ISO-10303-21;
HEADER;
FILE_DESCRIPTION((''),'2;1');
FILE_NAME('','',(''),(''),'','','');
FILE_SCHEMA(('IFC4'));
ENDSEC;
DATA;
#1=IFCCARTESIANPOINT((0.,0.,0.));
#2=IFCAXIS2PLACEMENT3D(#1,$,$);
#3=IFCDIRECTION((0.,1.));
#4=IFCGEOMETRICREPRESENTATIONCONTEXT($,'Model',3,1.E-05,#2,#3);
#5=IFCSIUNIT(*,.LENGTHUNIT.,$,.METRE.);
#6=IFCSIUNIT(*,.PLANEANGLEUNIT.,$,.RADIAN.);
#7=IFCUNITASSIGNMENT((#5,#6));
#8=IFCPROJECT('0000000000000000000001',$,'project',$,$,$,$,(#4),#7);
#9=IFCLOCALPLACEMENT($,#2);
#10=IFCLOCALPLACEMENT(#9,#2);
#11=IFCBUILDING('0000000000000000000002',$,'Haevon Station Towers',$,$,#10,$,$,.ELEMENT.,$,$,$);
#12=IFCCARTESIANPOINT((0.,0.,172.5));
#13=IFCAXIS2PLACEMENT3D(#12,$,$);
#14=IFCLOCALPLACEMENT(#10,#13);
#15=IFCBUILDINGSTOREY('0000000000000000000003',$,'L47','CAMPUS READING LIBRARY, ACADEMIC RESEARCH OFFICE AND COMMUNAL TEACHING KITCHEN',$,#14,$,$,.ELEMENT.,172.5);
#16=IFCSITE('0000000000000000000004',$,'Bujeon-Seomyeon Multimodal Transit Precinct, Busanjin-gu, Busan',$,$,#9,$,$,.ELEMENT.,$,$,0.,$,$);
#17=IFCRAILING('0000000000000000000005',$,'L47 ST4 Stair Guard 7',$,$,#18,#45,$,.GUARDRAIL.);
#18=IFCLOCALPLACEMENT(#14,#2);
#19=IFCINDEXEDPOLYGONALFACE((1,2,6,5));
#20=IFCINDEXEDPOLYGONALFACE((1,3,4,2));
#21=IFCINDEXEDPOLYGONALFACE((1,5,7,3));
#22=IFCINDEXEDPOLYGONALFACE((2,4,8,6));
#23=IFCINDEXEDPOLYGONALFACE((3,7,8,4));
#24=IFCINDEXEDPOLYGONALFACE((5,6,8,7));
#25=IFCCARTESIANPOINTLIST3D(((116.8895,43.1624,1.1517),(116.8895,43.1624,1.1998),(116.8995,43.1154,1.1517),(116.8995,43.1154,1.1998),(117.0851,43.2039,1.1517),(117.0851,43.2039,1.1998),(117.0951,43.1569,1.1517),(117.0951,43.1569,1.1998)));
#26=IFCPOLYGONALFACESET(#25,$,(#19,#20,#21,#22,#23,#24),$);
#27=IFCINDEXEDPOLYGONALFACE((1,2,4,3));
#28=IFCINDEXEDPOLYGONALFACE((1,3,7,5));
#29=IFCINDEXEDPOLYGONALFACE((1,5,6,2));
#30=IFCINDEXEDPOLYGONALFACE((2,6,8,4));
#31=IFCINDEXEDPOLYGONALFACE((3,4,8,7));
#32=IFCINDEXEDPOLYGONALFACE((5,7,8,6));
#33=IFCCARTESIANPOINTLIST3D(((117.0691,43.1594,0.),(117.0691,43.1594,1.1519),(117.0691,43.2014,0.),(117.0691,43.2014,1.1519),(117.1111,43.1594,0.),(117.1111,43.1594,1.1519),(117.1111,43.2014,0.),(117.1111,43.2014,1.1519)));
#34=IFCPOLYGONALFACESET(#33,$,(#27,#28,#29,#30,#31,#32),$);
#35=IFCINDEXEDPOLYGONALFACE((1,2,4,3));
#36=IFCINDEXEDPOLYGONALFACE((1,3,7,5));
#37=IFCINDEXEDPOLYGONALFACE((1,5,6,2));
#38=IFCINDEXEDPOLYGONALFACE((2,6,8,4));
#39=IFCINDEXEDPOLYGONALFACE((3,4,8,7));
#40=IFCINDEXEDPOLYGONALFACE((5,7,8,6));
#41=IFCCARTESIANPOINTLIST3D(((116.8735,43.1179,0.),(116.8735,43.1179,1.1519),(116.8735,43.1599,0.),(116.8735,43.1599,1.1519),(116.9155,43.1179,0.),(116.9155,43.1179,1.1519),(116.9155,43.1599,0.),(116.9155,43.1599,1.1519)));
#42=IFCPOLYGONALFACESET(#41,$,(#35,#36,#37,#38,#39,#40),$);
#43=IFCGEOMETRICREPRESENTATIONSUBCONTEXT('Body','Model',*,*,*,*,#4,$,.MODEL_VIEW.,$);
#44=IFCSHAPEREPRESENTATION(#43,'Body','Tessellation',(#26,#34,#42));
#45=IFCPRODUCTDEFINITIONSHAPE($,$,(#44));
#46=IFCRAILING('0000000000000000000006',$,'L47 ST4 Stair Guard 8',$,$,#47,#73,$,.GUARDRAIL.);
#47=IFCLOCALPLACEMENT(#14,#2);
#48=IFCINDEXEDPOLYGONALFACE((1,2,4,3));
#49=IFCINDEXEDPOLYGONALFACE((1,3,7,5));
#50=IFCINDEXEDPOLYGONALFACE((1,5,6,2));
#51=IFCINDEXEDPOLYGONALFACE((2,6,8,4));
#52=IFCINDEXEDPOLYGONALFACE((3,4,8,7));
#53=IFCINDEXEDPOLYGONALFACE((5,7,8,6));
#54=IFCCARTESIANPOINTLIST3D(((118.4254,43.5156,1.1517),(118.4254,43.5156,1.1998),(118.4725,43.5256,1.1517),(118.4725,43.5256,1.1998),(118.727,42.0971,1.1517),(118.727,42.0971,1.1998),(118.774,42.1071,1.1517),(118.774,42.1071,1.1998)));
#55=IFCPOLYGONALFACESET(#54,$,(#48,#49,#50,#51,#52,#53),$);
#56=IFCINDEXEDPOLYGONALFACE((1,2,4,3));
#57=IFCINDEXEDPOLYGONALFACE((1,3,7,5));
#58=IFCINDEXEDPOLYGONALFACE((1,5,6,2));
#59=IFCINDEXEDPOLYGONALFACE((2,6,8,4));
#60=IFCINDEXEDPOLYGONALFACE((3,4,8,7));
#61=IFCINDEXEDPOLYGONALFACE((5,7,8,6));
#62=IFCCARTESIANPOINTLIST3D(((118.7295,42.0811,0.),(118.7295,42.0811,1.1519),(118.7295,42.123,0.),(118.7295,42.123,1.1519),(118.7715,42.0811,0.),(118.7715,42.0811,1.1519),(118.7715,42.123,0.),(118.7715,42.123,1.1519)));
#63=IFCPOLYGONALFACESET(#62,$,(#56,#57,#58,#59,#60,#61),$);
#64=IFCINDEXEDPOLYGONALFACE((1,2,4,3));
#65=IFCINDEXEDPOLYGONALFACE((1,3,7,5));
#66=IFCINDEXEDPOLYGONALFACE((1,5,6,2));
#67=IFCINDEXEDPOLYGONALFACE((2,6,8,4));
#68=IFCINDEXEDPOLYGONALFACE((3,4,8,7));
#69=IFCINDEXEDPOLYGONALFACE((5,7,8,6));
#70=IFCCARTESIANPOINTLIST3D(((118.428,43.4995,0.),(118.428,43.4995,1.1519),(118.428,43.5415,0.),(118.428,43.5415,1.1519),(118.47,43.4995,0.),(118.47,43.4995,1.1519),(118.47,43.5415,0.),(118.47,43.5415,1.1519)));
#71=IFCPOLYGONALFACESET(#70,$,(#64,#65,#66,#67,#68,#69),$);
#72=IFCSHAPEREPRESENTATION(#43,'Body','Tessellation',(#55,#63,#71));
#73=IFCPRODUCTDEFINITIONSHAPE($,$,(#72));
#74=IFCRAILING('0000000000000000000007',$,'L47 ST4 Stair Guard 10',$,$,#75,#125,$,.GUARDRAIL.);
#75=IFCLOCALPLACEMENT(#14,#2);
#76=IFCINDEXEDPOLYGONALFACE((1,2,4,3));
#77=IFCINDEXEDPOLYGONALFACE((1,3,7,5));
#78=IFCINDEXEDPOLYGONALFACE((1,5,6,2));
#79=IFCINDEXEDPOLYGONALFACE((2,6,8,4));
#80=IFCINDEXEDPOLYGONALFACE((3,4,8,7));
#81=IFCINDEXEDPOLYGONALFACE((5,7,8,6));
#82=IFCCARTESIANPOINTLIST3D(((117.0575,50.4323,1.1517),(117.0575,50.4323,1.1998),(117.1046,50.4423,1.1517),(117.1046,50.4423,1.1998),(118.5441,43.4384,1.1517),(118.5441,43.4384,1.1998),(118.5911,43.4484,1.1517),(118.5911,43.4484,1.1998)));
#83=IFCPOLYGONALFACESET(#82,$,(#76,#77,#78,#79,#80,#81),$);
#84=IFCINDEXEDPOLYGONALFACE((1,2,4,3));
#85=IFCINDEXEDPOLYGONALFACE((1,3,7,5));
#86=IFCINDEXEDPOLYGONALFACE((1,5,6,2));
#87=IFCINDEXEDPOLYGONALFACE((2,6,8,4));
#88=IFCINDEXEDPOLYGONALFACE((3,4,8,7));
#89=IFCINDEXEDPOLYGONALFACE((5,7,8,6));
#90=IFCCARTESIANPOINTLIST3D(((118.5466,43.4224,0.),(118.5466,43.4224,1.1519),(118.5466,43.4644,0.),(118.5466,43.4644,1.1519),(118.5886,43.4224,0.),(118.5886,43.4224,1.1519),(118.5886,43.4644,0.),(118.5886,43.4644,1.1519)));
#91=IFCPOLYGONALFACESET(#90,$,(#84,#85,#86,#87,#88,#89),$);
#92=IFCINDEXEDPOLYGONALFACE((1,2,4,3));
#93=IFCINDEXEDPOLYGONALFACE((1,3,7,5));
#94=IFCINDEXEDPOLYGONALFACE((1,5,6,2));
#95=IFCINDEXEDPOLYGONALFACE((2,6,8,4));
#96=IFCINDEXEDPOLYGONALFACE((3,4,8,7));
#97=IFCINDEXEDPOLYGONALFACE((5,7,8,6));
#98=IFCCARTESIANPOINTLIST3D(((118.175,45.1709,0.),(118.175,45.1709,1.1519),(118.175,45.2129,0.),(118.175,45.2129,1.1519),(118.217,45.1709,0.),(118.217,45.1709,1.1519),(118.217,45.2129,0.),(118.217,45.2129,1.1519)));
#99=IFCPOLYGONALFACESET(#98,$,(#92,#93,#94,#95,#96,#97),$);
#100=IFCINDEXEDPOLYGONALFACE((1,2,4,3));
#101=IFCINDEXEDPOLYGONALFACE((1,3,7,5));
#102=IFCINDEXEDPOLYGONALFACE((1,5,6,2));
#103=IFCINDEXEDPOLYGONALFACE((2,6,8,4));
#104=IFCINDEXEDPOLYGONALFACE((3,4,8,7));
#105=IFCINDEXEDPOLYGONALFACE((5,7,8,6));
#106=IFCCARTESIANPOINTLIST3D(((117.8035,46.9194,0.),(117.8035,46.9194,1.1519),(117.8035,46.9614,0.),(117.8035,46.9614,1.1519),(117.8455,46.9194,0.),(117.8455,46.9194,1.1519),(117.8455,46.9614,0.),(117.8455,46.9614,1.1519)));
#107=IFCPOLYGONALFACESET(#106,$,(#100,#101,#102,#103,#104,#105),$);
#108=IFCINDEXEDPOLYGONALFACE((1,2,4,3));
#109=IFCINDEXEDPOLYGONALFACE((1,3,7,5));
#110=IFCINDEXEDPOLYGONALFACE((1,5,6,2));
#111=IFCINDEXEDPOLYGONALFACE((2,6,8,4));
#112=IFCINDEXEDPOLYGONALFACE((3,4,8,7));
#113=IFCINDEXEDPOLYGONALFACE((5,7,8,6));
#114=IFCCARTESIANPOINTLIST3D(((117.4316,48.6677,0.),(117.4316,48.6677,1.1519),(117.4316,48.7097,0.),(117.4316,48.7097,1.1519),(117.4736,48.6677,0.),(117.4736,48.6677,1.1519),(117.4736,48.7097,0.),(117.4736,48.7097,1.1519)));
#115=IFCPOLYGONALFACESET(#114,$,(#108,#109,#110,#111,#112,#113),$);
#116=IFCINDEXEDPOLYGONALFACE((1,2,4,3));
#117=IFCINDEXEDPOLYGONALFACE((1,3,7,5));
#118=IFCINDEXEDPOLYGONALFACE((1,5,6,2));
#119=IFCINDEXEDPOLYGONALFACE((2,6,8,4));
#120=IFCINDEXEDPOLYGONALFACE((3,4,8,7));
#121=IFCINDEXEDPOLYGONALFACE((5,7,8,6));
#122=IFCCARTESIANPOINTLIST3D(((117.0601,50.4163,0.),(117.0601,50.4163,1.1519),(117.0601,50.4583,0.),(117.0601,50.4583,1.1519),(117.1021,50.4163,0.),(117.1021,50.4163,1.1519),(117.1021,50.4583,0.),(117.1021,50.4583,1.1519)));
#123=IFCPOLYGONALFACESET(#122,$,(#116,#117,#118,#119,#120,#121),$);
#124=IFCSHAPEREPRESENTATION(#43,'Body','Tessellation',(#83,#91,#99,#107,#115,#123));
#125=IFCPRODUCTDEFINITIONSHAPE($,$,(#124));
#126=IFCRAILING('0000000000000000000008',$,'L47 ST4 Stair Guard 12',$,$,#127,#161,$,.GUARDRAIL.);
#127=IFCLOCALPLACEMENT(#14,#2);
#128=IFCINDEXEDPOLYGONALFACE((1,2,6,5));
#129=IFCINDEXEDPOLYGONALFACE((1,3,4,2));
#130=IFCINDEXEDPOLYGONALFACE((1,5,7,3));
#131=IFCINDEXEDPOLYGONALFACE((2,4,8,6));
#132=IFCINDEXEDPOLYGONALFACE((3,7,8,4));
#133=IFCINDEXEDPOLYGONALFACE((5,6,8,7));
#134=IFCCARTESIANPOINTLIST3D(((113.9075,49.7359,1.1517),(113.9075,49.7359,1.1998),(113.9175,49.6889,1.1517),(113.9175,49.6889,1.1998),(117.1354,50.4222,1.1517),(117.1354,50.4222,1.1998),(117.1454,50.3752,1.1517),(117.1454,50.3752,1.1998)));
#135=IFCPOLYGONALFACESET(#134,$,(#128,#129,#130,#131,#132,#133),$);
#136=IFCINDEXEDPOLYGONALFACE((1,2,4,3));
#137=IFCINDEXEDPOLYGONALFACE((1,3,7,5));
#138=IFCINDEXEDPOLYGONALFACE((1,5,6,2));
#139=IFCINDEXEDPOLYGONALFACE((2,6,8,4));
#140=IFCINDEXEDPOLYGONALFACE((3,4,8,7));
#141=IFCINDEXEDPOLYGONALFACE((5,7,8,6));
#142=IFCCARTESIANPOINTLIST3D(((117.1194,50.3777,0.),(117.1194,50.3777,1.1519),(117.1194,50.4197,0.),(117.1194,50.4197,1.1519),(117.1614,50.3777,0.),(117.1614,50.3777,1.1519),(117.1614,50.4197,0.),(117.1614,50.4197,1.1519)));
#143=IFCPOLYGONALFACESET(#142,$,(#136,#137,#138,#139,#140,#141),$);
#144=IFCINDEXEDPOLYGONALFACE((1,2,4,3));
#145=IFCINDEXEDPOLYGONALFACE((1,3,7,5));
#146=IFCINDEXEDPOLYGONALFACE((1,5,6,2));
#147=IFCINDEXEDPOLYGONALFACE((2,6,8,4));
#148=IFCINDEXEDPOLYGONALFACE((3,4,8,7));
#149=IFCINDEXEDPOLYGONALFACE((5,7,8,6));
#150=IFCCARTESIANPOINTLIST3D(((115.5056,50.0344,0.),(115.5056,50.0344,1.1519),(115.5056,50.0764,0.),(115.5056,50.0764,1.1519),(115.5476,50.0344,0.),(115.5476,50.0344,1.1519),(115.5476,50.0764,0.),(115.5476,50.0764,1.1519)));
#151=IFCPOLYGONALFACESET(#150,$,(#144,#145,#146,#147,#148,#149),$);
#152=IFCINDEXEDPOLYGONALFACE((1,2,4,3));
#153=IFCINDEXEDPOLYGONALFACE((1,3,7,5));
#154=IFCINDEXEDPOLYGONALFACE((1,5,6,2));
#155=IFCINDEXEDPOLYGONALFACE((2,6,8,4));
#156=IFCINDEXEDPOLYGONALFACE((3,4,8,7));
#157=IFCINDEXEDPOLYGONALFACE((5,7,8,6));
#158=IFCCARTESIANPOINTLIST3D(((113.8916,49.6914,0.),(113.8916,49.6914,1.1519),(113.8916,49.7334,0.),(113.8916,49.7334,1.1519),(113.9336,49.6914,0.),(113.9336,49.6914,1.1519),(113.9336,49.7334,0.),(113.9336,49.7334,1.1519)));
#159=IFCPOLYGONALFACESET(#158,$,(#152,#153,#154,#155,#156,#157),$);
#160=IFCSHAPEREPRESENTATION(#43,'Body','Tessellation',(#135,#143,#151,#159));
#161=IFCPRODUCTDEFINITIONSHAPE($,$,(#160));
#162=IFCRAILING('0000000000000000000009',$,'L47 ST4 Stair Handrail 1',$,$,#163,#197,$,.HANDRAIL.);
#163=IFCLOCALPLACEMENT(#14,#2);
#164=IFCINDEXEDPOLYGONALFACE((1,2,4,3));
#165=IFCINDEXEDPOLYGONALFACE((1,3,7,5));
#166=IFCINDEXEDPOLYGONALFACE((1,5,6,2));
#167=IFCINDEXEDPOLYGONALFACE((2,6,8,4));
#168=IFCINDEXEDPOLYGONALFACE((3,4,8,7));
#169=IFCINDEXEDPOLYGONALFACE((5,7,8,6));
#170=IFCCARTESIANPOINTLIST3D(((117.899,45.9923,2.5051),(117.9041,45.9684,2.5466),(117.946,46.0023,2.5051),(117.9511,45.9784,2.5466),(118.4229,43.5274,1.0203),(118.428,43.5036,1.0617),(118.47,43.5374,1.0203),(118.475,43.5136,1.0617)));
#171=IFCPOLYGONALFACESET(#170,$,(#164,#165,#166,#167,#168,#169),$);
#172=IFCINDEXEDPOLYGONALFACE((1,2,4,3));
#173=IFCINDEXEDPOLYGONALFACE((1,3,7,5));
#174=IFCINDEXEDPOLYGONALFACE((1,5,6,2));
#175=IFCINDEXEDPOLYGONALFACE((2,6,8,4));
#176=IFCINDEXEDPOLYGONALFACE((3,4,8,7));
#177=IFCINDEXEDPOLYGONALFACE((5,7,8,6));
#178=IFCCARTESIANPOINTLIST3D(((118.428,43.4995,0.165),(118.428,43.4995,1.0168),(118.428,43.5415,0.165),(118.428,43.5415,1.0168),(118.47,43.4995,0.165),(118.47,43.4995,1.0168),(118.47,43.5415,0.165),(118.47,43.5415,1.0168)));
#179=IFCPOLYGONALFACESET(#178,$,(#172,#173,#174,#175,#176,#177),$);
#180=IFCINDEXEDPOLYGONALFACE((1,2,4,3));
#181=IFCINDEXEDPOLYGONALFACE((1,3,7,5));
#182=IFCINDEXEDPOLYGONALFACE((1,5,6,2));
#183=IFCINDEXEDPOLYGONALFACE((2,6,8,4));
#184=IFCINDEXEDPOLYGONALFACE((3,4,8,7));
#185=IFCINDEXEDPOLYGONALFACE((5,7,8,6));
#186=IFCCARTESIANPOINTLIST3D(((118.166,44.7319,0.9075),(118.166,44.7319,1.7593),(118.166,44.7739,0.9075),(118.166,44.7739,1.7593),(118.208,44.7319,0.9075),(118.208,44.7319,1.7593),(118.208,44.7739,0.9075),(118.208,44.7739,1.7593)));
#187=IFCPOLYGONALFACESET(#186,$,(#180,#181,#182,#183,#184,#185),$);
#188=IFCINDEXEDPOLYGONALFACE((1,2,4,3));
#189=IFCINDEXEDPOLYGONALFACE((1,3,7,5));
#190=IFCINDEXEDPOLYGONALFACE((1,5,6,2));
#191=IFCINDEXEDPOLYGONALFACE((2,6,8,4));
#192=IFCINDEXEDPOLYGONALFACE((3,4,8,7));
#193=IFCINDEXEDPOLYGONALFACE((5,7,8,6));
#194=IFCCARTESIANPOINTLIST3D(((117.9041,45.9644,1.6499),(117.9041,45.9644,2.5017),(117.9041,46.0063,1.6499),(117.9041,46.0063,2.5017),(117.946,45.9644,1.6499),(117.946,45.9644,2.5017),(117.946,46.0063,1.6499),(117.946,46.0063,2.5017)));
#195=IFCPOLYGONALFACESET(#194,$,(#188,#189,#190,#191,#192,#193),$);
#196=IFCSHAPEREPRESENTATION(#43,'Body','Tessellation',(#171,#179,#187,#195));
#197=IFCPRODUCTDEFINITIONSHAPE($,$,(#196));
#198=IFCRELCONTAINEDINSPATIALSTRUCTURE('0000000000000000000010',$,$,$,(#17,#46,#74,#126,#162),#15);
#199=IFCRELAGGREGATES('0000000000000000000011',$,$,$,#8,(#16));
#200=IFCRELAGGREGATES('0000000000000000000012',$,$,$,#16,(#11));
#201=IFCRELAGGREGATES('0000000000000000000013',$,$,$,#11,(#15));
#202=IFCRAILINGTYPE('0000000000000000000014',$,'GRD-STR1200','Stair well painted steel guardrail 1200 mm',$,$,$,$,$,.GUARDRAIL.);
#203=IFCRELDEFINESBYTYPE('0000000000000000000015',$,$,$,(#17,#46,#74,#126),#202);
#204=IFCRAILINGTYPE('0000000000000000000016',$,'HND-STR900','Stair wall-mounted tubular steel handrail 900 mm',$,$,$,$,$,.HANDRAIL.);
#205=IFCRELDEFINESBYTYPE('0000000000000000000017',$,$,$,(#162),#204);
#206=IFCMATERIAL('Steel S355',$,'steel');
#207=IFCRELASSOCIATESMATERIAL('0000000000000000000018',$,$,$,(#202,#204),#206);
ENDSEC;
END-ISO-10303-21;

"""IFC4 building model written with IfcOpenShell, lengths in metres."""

from ifc_helpers import new_model, si_unit, direction, frame, origin, origin_2d, place, context, subcontext, project, spatial, rectangle, extrude, material, type_object, element, save


model = new_model("IFC4")

# Units and contexts
model_context = context("Model", 3, precision=1e-05, world=origin(), true_north=direction((0.0, 1.0)))
body_context = subcontext(model_context, "Body", "Model", "MODEL_VIEW")
ifc_project = project(units=[si_unit("LENGTHUNIT", "METRE"), si_unit("PLANEANGLEUNIT", "RADIAN")], contexts=[model_context])

# Site, building, storey
site_placement = place(None, origin())
site = spatial("IfcSite", under=ifc_project, at=site_placement, Name="Bujeon-Seomyeon Multimodal Transit Precinct, Busanjin-gu, Busan", CompositionType="ELEMENT", RefElevation=0.0)
building_placement = place(site_placement, origin())
building = spatial("IfcBuilding", under=site, at=building_placement, Name="Haevon Station Towers", CompositionType="ELEMENT")
storey_placement = place(building_placement, frame((0.0, 0.0, 172.5)))
storey = spatial("IfcBuildingStorey", under=building, at=storey_placement, Name="L47", Description="CAMPUS READING LIBRARY, ACADEMIC RESEARCH OFFICE AND COMMUNAL TEACHING KITCHEN", CompositionType="ELEMENT", Elevation=172.5)

# Shared definitions
ifc_material_1 = material(Name="Steel S355", Category="steel")

# Railings
railing_type_1 = type_object("IfcRailingType", Name="GRD-STR1200", Description="Stair well painted steel guardrail 1200 mm", PredefinedType="GUARDRAIL", material=ifc_material_1)
railing_1_placement = place(storey_placement, frame((117.0901, 43.1804, 0.0)))
element("IfcRailing", 1, at=railing_1_placement, inside=storey, type_object=railing_type_1, Name="L47 ST4 Stair Guard 7", PredefinedType="GUARDRAIL", context=body_context, shape_type="SweptSolid", body=[
    extrude(rectangle(XDim=0.0481, YDim=0.0481, at=origin_2d()), frame((0.0, 0.0, 1.1758), z_axis=(-0.978212, -0.20761, 0.0), x_axis=(0.20761, -0.978212, 0.0)), (0.0, 0.0, 1.0), 0.2),
    extrude(rectangle(XDim=0.042, YDim=0.042, at=origin_2d()), origin(), (0.0, 0.0, 1.0), 1.1519),
    extrude(rectangle(XDim=0.042, YDim=0.042, at=origin_2d()), frame((-0.1956, -0.0415, 0.0)), (0.0, 0.0, 1.0), 1.1519),
])
railing_2_placement = place(storey_placement, frame((118.7505, 42.1021, 0.0)))
element("IfcRailing", 2, at=railing_2_placement, inside=storey, type_object=railing_type_1, Name="L47 ST4 Stair Guard 8", PredefinedType="GUARDRAIL", context=body_context, shape_type="SweptSolid", body=[
    extrude(rectangle(XDim=0.0481, YDim=0.0481, at=origin_2d()), frame((0.0, 0.0, 1.1758), z_axis=(-0.207919, 0.978146, 0.0), x_axis=(-0.978146, -0.207919, 0.0)), (0.0, 0.0, 1.0), 1.4502),
    extrude(rectangle(XDim=0.042, YDim=0.042, at=origin_2d()), origin(), (0.0, 0.0, 1.0), 1.1519),
    extrude(rectangle(XDim=0.042, YDim=0.042, at=origin_2d()), frame((-0.3015, 1.4185, 0.0)), (0.0, 0.0, 1.0), 1.1519),
])
railing_3_placement = place(storey_placement, frame((118.5676, 43.4434, 0.0)))
element("IfcRailing", 3, at=railing_3_placement, inside=storey, type_object=railing_type_1, Name="L47 ST4 Stair Guard 10", PredefinedType="GUARDRAIL", context=body_context, shape_type="SweptSolid", body=[
    extrude(rectangle(XDim=0.0481, YDim=0.0481, at=origin_2d()), frame((0.0, 0.0, 1.1758), z_axis=(-0.207908, 0.978148, 0.0), x_axis=(-0.978148, -0.207908, 0.0)), (0.0, 0.0, 1.0), 7.1501),
    extrude(rectangle(XDim=0.042, YDim=0.042, at=origin_2d()), origin(), (0.0, 0.0, 1.0), 1.1519),
    extrude(rectangle(XDim=0.042, YDim=0.042, at=origin_2d()), frame((-0.3716, 1.7485, 0.0)), (0.0, 0.0, 1.0), 1.1519),
    extrude(rectangle(XDim=0.042, YDim=0.042, at=origin_2d()), frame((-0.7432, 3.4971, 0.0)), (0.0, 0.0, 1.0), 1.1519),
    extrude(rectangle(XDim=0.042, YDim=0.042, at=origin_2d()), frame((-1.115, 5.2454, 0.0)), (0.0, 0.0, 1.0), 1.1519),
    extrude(rectangle(XDim=0.042, YDim=0.042, at=origin_2d()), frame((-1.4866, 6.9939, 0.0)), (0.0, 0.0, 1.0), 1.1519),
])
railing_4_placement = place(storey_placement, frame((117.1404, 50.3987, 0.0)))
element("IfcRailing", 4, at=railing_4_placement, inside=storey, type_object=railing_type_1, Name="L47 ST4 Stair Guard 12", PredefinedType="GUARDRAIL", context=body_context, shape_type="SweptSolid", body=[
    extrude(rectangle(XDim=0.0481, YDim=0.0481, at=origin_2d()), frame((0.0, 0.0, 1.1758), z_axis=(-0.978136, -0.207968, 0.0), x_axis=(0.207968, -0.978136, 0.0)), (0.0, 0.0, 1.0), 3.3),
    extrude(rectangle(XDim=0.042, YDim=0.042, at=origin_2d()), origin(), (0.0, 0.0, 1.0), 1.1519),
    extrude(rectangle(XDim=0.042, YDim=0.042, at=origin_2d()), frame((-1.6138, -0.3433, 0.0)), (0.0, 0.0, 1.0), 1.1519),
    extrude(rectangle(XDim=0.042, YDim=0.042, at=origin_2d()), frame((-3.2278, -0.6863, 0.0)), (0.0, 0.0, 1.0), 1.1519),
])
railing_type_2 = type_object("IfcRailingType", Name="HND-STR900", Description="Stair wall-mounted tubular steel handrail 900 mm", PredefinedType="HANDRAIL", material=ifc_material_1)
railing_5_placement = place(storey_placement, frame((118.449, 43.5205, 0.165)))
element("IfcRailing", 5, at=railing_5_placement, inside=storey, type_object=railing_type_2, Name="L47 ST4 Stair Handrail 1", PredefinedType="HANDRAIL", context=body_context, shape_type="SweptSolid", body=[
    extrude(rectangle(XDim=0.0481, YDim=0.0481, at=origin_2d()), frame((0.0, 0.0, 0.876), z_axis=(-0.179129, 0.842724, 0.507671), x_axis=(-0.978147, -0.207914, 0.0)), (0.0, 0.0, 1.0), 2.9248),
    extrude(rectangle(XDim=0.042, YDim=0.042, at=origin_2d()), origin(), (0.0, 0.0, 1.0), 0.8518),
    extrude(rectangle(XDim=0.042, YDim=0.042, at=origin_2d()), frame((-0.262, 1.2324, 0.7424)), (0.0, 0.0, 1.0), 0.8518),
    extrude(rectangle(XDim=0.042, YDim=0.042, at=origin_2d()), frame((-0.5239, 2.4648, 1.4849)), (0.0, 0.0, 1.0), 0.8518),
])

save(model, "model.ifc")
